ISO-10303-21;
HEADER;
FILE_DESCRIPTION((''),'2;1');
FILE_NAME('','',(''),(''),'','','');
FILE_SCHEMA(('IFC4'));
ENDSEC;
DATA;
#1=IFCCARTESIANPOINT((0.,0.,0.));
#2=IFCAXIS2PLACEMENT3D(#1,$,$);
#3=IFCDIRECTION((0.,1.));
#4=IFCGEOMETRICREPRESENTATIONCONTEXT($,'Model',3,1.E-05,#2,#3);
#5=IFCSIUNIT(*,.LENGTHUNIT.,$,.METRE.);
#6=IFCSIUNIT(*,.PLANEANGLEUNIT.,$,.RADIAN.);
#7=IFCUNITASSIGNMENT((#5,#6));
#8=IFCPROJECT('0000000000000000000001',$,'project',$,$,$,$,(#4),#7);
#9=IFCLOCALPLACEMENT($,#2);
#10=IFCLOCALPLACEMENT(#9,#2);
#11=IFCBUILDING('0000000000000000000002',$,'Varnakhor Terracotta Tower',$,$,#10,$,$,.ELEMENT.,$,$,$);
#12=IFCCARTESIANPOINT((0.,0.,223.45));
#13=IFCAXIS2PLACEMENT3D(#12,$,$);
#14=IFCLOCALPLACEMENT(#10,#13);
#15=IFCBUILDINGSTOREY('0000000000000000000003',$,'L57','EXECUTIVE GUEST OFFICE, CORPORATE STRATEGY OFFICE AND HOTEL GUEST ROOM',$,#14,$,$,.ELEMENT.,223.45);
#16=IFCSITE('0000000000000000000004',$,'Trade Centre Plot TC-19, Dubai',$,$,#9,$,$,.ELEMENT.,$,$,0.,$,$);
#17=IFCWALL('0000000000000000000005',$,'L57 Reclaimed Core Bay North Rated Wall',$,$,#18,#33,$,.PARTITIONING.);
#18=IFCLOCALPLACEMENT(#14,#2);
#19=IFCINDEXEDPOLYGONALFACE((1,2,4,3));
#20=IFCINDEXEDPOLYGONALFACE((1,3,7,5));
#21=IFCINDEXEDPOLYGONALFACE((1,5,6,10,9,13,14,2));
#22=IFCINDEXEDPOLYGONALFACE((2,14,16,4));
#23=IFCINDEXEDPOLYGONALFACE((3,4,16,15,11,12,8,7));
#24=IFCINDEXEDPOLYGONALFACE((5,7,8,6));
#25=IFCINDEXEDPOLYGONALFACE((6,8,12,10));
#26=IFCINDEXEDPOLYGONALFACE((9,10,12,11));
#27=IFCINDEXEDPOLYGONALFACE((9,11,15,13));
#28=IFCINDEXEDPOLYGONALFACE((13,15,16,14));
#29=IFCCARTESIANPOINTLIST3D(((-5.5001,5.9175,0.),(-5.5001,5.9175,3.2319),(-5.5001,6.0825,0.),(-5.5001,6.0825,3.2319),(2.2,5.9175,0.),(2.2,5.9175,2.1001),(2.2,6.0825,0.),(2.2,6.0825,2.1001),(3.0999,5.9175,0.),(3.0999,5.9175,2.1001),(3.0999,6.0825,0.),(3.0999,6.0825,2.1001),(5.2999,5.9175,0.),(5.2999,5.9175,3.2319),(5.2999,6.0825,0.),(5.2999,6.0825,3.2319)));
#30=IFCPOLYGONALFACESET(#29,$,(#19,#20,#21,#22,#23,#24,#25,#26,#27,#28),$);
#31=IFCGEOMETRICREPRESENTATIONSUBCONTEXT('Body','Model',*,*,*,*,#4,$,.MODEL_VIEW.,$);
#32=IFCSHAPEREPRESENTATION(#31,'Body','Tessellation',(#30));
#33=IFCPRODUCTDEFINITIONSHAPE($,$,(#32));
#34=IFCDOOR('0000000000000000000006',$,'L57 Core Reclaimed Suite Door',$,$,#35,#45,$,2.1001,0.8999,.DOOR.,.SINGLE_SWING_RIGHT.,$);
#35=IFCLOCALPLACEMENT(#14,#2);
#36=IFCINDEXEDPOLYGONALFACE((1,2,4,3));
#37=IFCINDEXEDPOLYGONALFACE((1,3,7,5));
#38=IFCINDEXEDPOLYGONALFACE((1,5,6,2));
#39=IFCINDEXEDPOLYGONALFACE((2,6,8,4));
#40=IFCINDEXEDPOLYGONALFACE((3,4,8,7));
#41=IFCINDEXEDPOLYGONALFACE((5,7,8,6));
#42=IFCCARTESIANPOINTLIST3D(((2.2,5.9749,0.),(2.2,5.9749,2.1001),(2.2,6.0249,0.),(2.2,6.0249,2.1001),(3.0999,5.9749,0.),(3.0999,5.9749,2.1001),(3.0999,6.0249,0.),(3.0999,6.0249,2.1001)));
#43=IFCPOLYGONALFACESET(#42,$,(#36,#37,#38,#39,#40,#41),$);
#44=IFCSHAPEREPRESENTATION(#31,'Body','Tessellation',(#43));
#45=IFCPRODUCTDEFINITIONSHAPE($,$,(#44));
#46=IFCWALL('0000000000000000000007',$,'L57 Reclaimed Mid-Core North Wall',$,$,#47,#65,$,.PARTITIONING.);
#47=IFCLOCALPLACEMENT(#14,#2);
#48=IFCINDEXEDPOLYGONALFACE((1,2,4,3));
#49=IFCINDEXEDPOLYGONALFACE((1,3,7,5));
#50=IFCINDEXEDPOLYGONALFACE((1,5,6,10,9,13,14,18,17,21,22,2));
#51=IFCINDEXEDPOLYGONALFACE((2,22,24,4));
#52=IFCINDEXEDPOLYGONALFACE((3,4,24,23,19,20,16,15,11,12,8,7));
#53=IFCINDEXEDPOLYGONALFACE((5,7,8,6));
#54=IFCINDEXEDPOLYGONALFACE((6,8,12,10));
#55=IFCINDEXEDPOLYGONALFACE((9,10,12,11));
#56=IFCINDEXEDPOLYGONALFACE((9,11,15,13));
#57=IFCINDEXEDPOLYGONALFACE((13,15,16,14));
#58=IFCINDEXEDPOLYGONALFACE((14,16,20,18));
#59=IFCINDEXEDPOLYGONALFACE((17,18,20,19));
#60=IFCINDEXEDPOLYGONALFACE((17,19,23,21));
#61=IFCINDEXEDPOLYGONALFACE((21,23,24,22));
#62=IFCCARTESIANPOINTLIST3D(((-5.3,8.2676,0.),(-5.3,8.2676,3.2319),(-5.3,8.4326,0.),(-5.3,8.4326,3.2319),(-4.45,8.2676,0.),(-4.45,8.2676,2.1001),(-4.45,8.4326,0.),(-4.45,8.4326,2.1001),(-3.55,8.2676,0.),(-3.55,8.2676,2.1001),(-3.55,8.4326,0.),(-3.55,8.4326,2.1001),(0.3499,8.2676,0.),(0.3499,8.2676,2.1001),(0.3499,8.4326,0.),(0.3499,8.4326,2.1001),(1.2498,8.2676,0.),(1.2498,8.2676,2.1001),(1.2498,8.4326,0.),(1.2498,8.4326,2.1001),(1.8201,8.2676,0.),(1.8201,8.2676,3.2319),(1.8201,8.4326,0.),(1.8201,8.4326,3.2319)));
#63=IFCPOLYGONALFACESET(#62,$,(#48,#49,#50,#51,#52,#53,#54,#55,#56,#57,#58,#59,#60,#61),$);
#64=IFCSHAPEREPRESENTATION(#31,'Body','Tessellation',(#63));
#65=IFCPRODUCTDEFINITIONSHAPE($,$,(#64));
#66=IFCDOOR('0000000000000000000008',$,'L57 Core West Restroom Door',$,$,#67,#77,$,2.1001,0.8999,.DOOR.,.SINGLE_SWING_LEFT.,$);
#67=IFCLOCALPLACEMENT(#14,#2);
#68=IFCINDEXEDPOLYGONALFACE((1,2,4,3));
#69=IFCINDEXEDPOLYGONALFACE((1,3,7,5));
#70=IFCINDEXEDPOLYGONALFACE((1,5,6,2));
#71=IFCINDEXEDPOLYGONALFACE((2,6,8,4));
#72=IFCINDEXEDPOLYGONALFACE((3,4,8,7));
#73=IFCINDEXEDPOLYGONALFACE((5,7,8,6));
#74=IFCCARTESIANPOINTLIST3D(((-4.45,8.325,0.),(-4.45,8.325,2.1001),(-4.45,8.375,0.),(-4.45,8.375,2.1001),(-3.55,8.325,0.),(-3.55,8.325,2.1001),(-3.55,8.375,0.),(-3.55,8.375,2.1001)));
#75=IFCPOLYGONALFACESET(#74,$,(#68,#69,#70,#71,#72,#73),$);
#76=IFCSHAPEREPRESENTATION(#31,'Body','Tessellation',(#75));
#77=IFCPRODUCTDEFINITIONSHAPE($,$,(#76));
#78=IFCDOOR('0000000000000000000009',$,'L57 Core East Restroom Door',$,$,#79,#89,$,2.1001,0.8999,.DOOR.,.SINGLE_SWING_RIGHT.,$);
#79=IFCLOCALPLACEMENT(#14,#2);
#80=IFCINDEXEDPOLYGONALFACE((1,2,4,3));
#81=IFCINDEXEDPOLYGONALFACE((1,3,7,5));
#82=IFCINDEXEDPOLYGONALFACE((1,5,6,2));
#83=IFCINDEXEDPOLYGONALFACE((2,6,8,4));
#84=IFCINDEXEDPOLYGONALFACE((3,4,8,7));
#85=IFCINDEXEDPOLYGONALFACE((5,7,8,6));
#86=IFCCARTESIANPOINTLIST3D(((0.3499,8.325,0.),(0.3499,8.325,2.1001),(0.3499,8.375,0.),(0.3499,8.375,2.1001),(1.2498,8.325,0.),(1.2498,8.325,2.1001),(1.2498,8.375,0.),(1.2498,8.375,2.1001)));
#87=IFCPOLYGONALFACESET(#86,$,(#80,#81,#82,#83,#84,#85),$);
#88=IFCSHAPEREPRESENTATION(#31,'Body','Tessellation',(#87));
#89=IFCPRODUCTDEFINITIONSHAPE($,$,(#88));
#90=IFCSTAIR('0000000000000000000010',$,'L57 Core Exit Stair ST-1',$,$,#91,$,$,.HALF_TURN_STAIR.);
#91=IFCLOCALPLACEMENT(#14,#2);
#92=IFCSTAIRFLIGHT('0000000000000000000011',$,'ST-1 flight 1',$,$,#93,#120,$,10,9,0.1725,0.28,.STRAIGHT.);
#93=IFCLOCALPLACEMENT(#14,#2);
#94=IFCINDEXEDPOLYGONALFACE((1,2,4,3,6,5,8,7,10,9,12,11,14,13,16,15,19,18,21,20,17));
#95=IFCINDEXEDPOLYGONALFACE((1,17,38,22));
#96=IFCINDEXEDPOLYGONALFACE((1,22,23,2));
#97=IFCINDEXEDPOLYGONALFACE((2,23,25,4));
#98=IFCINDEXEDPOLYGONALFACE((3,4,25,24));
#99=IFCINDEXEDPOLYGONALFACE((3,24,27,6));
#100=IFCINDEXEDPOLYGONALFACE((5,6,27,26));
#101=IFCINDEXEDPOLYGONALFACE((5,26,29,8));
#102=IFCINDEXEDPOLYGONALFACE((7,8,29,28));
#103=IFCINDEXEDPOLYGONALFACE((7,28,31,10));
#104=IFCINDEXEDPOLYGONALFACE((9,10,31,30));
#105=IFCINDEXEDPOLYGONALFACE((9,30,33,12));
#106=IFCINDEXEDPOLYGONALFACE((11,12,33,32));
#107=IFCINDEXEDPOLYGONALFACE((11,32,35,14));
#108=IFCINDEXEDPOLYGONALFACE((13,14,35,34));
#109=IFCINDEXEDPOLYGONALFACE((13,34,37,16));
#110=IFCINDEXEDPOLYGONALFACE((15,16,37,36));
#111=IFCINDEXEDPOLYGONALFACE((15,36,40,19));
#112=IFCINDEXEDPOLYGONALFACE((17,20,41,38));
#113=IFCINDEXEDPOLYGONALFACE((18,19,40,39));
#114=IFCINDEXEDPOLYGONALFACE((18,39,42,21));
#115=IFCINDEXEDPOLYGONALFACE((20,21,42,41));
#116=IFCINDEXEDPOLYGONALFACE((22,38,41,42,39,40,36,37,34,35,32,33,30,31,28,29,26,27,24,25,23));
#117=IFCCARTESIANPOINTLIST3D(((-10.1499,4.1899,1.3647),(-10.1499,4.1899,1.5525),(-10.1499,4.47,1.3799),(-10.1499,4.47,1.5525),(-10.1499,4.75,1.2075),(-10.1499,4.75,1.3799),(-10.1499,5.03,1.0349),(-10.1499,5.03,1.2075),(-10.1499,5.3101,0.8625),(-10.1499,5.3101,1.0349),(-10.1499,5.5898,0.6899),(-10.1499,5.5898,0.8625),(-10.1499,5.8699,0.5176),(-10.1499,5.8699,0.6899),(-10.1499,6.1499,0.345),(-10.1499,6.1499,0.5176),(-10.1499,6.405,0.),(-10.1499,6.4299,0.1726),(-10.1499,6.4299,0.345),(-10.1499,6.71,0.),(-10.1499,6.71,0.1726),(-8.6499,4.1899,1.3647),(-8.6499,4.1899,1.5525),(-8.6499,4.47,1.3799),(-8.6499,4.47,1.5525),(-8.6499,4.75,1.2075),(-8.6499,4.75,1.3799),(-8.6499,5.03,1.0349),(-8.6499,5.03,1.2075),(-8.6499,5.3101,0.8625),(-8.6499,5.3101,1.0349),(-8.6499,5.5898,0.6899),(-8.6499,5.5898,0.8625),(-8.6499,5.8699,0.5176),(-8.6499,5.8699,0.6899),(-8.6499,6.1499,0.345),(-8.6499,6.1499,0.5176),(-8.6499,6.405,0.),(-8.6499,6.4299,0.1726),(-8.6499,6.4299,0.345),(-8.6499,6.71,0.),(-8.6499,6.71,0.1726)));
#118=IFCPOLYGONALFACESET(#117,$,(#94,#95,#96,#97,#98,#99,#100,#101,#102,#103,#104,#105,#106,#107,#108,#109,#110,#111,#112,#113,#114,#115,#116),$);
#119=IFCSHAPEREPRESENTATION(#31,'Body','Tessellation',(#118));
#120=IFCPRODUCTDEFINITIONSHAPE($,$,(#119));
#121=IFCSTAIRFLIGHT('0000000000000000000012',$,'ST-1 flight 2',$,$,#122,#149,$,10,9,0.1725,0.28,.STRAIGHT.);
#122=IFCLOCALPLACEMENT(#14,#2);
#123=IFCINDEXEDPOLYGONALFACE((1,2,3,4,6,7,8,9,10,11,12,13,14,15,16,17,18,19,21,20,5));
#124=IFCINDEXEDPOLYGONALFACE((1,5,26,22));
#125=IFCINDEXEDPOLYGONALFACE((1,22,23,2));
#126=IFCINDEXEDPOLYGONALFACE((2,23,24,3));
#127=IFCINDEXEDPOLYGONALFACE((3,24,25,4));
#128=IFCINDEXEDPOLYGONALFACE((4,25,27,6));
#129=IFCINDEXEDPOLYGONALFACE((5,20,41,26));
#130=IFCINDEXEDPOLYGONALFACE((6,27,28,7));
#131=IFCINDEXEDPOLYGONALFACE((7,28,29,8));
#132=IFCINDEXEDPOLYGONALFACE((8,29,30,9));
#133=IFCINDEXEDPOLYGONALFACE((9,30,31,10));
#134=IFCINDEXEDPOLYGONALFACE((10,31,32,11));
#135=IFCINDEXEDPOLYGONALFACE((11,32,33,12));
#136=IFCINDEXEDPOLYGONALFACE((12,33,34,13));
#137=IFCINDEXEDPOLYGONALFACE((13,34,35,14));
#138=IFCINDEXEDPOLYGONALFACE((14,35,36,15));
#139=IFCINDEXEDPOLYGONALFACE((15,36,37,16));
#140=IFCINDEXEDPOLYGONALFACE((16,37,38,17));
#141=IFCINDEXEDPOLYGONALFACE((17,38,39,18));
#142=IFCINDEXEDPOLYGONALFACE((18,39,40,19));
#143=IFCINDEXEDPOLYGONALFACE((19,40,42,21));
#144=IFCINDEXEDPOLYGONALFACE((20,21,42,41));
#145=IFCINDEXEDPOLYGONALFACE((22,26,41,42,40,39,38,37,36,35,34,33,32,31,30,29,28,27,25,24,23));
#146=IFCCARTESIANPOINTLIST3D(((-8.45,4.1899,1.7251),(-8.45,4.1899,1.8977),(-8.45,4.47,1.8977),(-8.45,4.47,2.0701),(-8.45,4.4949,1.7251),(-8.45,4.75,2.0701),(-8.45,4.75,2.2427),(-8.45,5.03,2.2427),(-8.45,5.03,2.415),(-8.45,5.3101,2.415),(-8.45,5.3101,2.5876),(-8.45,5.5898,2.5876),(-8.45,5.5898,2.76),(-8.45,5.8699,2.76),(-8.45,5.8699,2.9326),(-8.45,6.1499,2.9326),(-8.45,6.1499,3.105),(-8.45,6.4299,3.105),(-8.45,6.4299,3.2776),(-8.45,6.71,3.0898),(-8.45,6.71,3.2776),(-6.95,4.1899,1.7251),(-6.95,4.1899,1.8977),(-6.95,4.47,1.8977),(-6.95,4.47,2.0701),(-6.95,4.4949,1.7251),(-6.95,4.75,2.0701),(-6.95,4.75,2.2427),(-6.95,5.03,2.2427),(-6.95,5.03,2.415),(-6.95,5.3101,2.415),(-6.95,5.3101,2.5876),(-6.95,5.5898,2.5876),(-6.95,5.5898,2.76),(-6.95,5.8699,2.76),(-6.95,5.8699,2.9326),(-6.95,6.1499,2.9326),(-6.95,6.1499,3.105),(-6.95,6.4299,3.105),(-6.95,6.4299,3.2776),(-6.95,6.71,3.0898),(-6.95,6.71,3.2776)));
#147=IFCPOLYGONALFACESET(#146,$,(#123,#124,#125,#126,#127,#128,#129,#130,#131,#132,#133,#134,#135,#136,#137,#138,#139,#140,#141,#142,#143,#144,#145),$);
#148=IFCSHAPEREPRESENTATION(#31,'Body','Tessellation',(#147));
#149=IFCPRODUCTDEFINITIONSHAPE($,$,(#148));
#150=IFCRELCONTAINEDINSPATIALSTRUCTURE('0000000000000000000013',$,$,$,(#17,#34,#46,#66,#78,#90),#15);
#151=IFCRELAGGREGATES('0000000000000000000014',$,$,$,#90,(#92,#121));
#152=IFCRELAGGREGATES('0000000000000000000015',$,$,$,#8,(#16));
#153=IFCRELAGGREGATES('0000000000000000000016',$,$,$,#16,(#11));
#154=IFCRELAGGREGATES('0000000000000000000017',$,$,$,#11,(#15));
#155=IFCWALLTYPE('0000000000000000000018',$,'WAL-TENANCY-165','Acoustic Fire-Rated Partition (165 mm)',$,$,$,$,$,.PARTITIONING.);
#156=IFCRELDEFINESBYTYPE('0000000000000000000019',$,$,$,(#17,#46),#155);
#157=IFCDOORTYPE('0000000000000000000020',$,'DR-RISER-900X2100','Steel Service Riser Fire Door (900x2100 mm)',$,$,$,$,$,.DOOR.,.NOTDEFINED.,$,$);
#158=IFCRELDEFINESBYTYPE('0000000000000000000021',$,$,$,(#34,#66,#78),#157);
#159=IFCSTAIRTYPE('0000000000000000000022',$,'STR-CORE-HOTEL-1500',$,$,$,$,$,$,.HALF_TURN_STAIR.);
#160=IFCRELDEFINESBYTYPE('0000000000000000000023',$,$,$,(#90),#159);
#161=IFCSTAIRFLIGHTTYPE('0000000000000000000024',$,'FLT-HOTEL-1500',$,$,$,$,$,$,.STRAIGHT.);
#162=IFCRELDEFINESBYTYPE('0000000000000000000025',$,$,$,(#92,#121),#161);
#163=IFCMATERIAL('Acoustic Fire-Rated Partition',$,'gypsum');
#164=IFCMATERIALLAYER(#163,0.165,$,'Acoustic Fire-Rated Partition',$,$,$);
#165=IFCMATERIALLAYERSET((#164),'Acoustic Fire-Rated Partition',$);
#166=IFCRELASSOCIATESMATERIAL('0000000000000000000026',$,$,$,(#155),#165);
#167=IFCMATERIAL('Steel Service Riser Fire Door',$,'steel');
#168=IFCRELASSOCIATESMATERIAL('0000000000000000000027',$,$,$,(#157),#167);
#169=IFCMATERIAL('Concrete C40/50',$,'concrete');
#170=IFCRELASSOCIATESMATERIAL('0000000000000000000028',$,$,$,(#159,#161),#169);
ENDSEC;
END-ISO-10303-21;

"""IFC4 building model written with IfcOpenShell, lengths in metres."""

from ifc_helpers import new_model, si_unit, direction, frame, frame_2d, origin, place, context, subcontext, project, spatial, polyline, rectangle, outline, extrude, source, transform, mapped, material, layer, layer_set, type_object, type_shapes, element, fill, aggregate, save


model = new_model("IFC4")

# Units and contexts
model_context = context("Model", 3, precision=1e-05, world=origin(), true_north=direction((0.0, 1.0)))
body_context = subcontext(model_context, "Body", "Model", "MODEL_VIEW")
ifc_project = project(units=[si_unit("LENGTHUNIT", "METRE"), si_unit("PLANEANGLEUNIT", "RADIAN")], contexts=[model_context])

# Site, building, storey
site_placement = place(None, origin())
site = spatial("IfcSite", under=ifc_project, at=site_placement, Name="Trade Centre Plot TC-19, Dubai", CompositionType="ELEMENT", RefElevation=0.0)
building_placement = place(site_placement, origin())
building = spatial("IfcBuilding", under=site, at=building_placement, Name="Varnakhor Terracotta Tower", CompositionType="ELEMENT")
storey_placement = place(building_placement, frame((0.0, 0.0, 223.45)))
storey = spatial("IfcBuildingStorey", under=building, at=storey_placement, Name="L57", Description="EXECUTIVE GUEST OFFICE, CORPORATE STRATEGY OFFICE AND HOTEL GUEST ROOM", CompositionType="ELEMENT", Elevation=223.45)

# Shared definitions
ifc_material_1 = material(Name="Concrete C40/50", Category="concrete")

# Wall, opening, door
ifc_material_2 = material(Name="Acoustic Fire-Rated Partition", Category="gypsum")
ifc_layer_1 = layer(ifc_material_2, 0.165, Name="Acoustic Fire-Rated Partition")
ifc_layer_set_1 = layer_set([ifc_layer_1], Name="Acoustic Fire-Rated Partition")
wall_type_1 = type_object("IfcWallType", Name="WAL-TENANCY-165", Description="Acoustic Fire-Rated Partition (165 mm)", PredefinedType="PARTITIONING", material=ifc_layer_set_1)
wall_1_placement = place(storey_placement, frame((-5.5, 6.0, 0.0), z_axis=(0.0, 0.0, 1.0), x_axis=(1.0, 0.0, 0.0)))
wall_1 = element("IfcWall", 1, at=wall_1_placement, inside=storey, type_object=wall_type_1, Name="L57 Reclaimed Core Bay North Rated Wall", PredefinedType="PARTITIONING", context=body_context, shape_type="SweptSolid", body=[
    extrude(rectangle(XDim=10.8, YDim=0.165, at=frame_2d((5.3999, 0.0))), origin(), (0.0, 0.0, 1.0), 3.2319),
])
opening_1_placement = place(wall_1_placement, frame((7.7, 0.0, 0.0)))
opening_1 = element("IfcOpeningElement", 2, at=opening_1_placement, cuts=wall_1, PredefinedType="OPENING", context=body_context, shape_type="SweptSolid", body=[
    extrude(rectangle(XDim=0.8999, YDim=2.1001, at=frame_2d((0.45, 1.05))), frame((0.0, 0.0925, 0.0), z_axis=(0.0, -1.0, 0.0), x_axis=(1.0, 0.0, 0.0)), (0.0, 0.0, 1.0), 0.1851),
])
ifc_material_3 = material(Name="Steel Service Riser Fire Door", Category="steel")
door_type_1 = type_object("IfcDoorType", Name="DR-RISER-900X2100", Description="Steel Service Riser Fire Door (900x2100 mm)", OperationType="NOTDEFINED", PredefinedType="DOOR", material=ifc_material_3)
shared_shape_1 = source(origin(), body_context, "Body", "SweptSolid", [
    extrude(rectangle(XDim=0.8999, YDim=2.1001, at=frame_2d((0.45, 1.05))), frame((0.0, 0.0249, 0.0), z_axis=(0.0, -1.0, 0.0), x_axis=(1.0, 0.0, 0.0)), (0.0, 0.0, 1.0), 0.05),
])
type_shapes(door_type_1, [shared_shape_1])
door_1_placement = place(opening_1_placement, origin())
door_1 = element("IfcDoor", 3, at=door_1_placement, inside=storey, type_object=door_type_1, Name="L57 Core Reclaimed Suite Door", OperationType="SINGLE_SWING_RIGHT", OverallHeight=2.1001, OverallWidth=0.8999, PredefinedType="DOOR", context=body_context, shape_type="MappedRepresentation", body=[
    mapped(shared_shape_1, transform((0.0, 0.0, 0.0), scale=1.0)),
])
fill(opening_1, door_1)

# Wall, openings, doors
wall_2_placement = place(storey_placement, frame((-5.3, 8.3501, 0.0), z_axis=(0.0, 0.0, 1.0), x_axis=(1.0, 0.0, 0.0)))
wall_2 = element("IfcWall", 4, at=wall_2_placement, inside=storey, type_object=wall_type_1, Name="L57 Reclaimed Mid-Core North Wall", PredefinedType="PARTITIONING", context=body_context, shape_type="SweptSolid", body=[
    extrude(rectangle(XDim=7.1201, YDim=0.165, at=frame_2d((3.5601, 0.0))), origin(), (0.0, 0.0, 1.0), 3.2319),
])
opening_2_placement = place(wall_2_placement, frame((0.8501, 0.0, 0.0)))
opening_2 = element("IfcOpeningElement", 5, at=opening_2_placement, cuts=wall_2, PredefinedType="OPENING", context=body_context, shape_type="SweptSolid", body=[
    extrude(rectangle(XDim=0.8999, YDim=2.1001, at=frame_2d((0.45, 1.05))), frame((0.0, 0.0925, 0.0), z_axis=(0.0, -1.0, 0.0), x_axis=(1.0, 0.0, 0.0)), (0.0, 0.0, 1.0), 0.1851),
])
opening_3_placement = place(wall_2_placement, frame((5.6499, 0.0, 0.0)))
opening_3 = element("IfcOpeningElement", 6, at=opening_3_placement, cuts=wall_2, PredefinedType="OPENING", context=body_context, shape_type="SweptSolid", body=[
    extrude(rectangle(XDim=0.8999, YDim=2.1001, at=frame_2d((0.45, 1.05))), frame((0.0, 0.0925, 0.0), z_axis=(0.0, -1.0, 0.0), x_axis=(1.0, 0.0, 0.0)), (0.0, 0.0, 1.0), 0.1851),
])
door_2_placement = place(opening_2_placement, origin())
door_2 = element("IfcDoor", 7, at=door_2_placement, inside=storey, type_object=door_type_1, Name="L57 Core West Restroom Door", OperationType="SINGLE_SWING_LEFT", OverallHeight=2.1001, OverallWidth=0.8999, PredefinedType="DOOR", context=body_context, shape_type="MappedRepresentation", body=[
    mapped(shared_shape_1, transform((0.0, 0.0, 0.0), scale=1.0)),
])
fill(opening_2, door_2)
door_3_placement = place(opening_3_placement, origin())
door_3 = element("IfcDoor", 8, at=door_3_placement, inside=storey, type_object=door_type_1, Name="L57 Core East Restroom Door", OperationType="SINGLE_SWING_RIGHT", OverallHeight=2.1001, OverallWidth=0.8999, PredefinedType="DOOR", context=body_context, shape_type="MappedRepresentation", body=[
    mapped(shared_shape_1, transform((0.0, 0.0, 0.0), scale=1.0)),
])
fill(opening_3, door_3)

# Stair, stair flights
stair_type = type_object("IfcStairType", Name="STR-CORE-HOTEL-1500", PredefinedType="HALF_TURN_STAIR", material=ifc_material_1)
stair_placement = place(storey_placement, origin())
stair = element("IfcStair", 9, at=stair_placement, inside=storey, type_object=stair_type, Name="L57 Core Exit Stair ST-1", PredefinedType="HALF_TURN_STAIR")
stair_flight_type = type_object("IfcStairFlightType", Name="FLT-HOTEL-1500", PredefinedType="STRAIGHT", material=ifc_material_1)
stair_flight_1_placement = place(storey_placement, frame((-9.3999, 6.71, 0.0), z_axis=(0.0, 0.0, 1.0), x_axis=(0.0, -1.0, 0.0)))
stair_flight_1 = element("IfcStairFlight", 10, at=stair_flight_1_placement, type_object=stair_flight_type, Name="ST-1 flight 1", NumberOfRisers=10, NumberOfTreads=9, PredefinedType="STRAIGHT", RiserHeight=0.1725, TreadLength=0.28, context=body_context, shape_type="SweptSolid", body=[
    extrude(outline(polyline([(0.0, 0.0), (0.0, 0.1726), (0.28, 0.1726), (0.28, 0.345), (0.5601, 0.345), (0.5601, 0.5176), (0.8401, 0.5176), (0.8401, 0.6899), (1.1201, 0.6899), (1.1201, 0.8625), (1.3999, 0.8625), (1.3999, 1.0349), (1.6799, 1.0349), (1.6799, 1.2075), (1.96, 1.2075), (1.96, 1.3799), (2.24, 1.3799), (2.24, 1.5525), (2.52, 1.5525), (2.52, 1.7251), (2.52, 1.3647), (0.3049, 0.0), (0.0, 0.0)])), frame((0.0, 0.75, 0.0), z_axis=(0.0, -1.0, 0.0), x_axis=(1.0, 0.0, 0.0)), (0.0, 0.0, 1.0), 1.5),
])
stair_flight_2_placement = place(storey_placement, frame((-7.7, 4.1899, 1.7251), z_axis=(0.0, 0.0, 1.0), x_axis=(0.0, 1.0, 0.0)))
stair_flight_2 = element("IfcStairFlight", 11, at=stair_flight_2_placement, type_object=stair_flight_type, Name="ST-1 flight 2", NumberOfRisers=10, NumberOfTreads=9, PredefinedType="STRAIGHT", RiserHeight=0.1725, TreadLength=0.28, context=body_context, shape_type="SweptSolid", body=[
    extrude(outline(polyline([(0.0, 0.0), (0.0, 0.1726), (0.28, 0.1726), (0.28, 0.345), (0.5601, 0.345), (0.5601, 0.5176), (0.8401, 0.5176), (0.8401, 0.6899), (1.1201, 0.6899), (1.1201, 0.8625), (1.3999, 0.8625), (1.3999, 1.0349), (1.6799, 1.0349), (1.6799, 1.2075), (1.96, 1.2075), (1.96, 1.3799), (2.24, 1.3799), (2.24, 1.5525), (2.52, 1.5525), (2.52, 1.7251), (2.52, 1.3647), (0.3049, 0.0), (0.0, 0.0)])), frame((0.0, 0.75, 0.0), z_axis=(0.0, -1.0, 0.0), x_axis=(1.0, 0.0, 0.0)), (0.0, 0.0, 1.0), 1.5),
])
aggregate(stair, [stair_flight_1, stair_flight_2])

save(model, "model.ifc")
